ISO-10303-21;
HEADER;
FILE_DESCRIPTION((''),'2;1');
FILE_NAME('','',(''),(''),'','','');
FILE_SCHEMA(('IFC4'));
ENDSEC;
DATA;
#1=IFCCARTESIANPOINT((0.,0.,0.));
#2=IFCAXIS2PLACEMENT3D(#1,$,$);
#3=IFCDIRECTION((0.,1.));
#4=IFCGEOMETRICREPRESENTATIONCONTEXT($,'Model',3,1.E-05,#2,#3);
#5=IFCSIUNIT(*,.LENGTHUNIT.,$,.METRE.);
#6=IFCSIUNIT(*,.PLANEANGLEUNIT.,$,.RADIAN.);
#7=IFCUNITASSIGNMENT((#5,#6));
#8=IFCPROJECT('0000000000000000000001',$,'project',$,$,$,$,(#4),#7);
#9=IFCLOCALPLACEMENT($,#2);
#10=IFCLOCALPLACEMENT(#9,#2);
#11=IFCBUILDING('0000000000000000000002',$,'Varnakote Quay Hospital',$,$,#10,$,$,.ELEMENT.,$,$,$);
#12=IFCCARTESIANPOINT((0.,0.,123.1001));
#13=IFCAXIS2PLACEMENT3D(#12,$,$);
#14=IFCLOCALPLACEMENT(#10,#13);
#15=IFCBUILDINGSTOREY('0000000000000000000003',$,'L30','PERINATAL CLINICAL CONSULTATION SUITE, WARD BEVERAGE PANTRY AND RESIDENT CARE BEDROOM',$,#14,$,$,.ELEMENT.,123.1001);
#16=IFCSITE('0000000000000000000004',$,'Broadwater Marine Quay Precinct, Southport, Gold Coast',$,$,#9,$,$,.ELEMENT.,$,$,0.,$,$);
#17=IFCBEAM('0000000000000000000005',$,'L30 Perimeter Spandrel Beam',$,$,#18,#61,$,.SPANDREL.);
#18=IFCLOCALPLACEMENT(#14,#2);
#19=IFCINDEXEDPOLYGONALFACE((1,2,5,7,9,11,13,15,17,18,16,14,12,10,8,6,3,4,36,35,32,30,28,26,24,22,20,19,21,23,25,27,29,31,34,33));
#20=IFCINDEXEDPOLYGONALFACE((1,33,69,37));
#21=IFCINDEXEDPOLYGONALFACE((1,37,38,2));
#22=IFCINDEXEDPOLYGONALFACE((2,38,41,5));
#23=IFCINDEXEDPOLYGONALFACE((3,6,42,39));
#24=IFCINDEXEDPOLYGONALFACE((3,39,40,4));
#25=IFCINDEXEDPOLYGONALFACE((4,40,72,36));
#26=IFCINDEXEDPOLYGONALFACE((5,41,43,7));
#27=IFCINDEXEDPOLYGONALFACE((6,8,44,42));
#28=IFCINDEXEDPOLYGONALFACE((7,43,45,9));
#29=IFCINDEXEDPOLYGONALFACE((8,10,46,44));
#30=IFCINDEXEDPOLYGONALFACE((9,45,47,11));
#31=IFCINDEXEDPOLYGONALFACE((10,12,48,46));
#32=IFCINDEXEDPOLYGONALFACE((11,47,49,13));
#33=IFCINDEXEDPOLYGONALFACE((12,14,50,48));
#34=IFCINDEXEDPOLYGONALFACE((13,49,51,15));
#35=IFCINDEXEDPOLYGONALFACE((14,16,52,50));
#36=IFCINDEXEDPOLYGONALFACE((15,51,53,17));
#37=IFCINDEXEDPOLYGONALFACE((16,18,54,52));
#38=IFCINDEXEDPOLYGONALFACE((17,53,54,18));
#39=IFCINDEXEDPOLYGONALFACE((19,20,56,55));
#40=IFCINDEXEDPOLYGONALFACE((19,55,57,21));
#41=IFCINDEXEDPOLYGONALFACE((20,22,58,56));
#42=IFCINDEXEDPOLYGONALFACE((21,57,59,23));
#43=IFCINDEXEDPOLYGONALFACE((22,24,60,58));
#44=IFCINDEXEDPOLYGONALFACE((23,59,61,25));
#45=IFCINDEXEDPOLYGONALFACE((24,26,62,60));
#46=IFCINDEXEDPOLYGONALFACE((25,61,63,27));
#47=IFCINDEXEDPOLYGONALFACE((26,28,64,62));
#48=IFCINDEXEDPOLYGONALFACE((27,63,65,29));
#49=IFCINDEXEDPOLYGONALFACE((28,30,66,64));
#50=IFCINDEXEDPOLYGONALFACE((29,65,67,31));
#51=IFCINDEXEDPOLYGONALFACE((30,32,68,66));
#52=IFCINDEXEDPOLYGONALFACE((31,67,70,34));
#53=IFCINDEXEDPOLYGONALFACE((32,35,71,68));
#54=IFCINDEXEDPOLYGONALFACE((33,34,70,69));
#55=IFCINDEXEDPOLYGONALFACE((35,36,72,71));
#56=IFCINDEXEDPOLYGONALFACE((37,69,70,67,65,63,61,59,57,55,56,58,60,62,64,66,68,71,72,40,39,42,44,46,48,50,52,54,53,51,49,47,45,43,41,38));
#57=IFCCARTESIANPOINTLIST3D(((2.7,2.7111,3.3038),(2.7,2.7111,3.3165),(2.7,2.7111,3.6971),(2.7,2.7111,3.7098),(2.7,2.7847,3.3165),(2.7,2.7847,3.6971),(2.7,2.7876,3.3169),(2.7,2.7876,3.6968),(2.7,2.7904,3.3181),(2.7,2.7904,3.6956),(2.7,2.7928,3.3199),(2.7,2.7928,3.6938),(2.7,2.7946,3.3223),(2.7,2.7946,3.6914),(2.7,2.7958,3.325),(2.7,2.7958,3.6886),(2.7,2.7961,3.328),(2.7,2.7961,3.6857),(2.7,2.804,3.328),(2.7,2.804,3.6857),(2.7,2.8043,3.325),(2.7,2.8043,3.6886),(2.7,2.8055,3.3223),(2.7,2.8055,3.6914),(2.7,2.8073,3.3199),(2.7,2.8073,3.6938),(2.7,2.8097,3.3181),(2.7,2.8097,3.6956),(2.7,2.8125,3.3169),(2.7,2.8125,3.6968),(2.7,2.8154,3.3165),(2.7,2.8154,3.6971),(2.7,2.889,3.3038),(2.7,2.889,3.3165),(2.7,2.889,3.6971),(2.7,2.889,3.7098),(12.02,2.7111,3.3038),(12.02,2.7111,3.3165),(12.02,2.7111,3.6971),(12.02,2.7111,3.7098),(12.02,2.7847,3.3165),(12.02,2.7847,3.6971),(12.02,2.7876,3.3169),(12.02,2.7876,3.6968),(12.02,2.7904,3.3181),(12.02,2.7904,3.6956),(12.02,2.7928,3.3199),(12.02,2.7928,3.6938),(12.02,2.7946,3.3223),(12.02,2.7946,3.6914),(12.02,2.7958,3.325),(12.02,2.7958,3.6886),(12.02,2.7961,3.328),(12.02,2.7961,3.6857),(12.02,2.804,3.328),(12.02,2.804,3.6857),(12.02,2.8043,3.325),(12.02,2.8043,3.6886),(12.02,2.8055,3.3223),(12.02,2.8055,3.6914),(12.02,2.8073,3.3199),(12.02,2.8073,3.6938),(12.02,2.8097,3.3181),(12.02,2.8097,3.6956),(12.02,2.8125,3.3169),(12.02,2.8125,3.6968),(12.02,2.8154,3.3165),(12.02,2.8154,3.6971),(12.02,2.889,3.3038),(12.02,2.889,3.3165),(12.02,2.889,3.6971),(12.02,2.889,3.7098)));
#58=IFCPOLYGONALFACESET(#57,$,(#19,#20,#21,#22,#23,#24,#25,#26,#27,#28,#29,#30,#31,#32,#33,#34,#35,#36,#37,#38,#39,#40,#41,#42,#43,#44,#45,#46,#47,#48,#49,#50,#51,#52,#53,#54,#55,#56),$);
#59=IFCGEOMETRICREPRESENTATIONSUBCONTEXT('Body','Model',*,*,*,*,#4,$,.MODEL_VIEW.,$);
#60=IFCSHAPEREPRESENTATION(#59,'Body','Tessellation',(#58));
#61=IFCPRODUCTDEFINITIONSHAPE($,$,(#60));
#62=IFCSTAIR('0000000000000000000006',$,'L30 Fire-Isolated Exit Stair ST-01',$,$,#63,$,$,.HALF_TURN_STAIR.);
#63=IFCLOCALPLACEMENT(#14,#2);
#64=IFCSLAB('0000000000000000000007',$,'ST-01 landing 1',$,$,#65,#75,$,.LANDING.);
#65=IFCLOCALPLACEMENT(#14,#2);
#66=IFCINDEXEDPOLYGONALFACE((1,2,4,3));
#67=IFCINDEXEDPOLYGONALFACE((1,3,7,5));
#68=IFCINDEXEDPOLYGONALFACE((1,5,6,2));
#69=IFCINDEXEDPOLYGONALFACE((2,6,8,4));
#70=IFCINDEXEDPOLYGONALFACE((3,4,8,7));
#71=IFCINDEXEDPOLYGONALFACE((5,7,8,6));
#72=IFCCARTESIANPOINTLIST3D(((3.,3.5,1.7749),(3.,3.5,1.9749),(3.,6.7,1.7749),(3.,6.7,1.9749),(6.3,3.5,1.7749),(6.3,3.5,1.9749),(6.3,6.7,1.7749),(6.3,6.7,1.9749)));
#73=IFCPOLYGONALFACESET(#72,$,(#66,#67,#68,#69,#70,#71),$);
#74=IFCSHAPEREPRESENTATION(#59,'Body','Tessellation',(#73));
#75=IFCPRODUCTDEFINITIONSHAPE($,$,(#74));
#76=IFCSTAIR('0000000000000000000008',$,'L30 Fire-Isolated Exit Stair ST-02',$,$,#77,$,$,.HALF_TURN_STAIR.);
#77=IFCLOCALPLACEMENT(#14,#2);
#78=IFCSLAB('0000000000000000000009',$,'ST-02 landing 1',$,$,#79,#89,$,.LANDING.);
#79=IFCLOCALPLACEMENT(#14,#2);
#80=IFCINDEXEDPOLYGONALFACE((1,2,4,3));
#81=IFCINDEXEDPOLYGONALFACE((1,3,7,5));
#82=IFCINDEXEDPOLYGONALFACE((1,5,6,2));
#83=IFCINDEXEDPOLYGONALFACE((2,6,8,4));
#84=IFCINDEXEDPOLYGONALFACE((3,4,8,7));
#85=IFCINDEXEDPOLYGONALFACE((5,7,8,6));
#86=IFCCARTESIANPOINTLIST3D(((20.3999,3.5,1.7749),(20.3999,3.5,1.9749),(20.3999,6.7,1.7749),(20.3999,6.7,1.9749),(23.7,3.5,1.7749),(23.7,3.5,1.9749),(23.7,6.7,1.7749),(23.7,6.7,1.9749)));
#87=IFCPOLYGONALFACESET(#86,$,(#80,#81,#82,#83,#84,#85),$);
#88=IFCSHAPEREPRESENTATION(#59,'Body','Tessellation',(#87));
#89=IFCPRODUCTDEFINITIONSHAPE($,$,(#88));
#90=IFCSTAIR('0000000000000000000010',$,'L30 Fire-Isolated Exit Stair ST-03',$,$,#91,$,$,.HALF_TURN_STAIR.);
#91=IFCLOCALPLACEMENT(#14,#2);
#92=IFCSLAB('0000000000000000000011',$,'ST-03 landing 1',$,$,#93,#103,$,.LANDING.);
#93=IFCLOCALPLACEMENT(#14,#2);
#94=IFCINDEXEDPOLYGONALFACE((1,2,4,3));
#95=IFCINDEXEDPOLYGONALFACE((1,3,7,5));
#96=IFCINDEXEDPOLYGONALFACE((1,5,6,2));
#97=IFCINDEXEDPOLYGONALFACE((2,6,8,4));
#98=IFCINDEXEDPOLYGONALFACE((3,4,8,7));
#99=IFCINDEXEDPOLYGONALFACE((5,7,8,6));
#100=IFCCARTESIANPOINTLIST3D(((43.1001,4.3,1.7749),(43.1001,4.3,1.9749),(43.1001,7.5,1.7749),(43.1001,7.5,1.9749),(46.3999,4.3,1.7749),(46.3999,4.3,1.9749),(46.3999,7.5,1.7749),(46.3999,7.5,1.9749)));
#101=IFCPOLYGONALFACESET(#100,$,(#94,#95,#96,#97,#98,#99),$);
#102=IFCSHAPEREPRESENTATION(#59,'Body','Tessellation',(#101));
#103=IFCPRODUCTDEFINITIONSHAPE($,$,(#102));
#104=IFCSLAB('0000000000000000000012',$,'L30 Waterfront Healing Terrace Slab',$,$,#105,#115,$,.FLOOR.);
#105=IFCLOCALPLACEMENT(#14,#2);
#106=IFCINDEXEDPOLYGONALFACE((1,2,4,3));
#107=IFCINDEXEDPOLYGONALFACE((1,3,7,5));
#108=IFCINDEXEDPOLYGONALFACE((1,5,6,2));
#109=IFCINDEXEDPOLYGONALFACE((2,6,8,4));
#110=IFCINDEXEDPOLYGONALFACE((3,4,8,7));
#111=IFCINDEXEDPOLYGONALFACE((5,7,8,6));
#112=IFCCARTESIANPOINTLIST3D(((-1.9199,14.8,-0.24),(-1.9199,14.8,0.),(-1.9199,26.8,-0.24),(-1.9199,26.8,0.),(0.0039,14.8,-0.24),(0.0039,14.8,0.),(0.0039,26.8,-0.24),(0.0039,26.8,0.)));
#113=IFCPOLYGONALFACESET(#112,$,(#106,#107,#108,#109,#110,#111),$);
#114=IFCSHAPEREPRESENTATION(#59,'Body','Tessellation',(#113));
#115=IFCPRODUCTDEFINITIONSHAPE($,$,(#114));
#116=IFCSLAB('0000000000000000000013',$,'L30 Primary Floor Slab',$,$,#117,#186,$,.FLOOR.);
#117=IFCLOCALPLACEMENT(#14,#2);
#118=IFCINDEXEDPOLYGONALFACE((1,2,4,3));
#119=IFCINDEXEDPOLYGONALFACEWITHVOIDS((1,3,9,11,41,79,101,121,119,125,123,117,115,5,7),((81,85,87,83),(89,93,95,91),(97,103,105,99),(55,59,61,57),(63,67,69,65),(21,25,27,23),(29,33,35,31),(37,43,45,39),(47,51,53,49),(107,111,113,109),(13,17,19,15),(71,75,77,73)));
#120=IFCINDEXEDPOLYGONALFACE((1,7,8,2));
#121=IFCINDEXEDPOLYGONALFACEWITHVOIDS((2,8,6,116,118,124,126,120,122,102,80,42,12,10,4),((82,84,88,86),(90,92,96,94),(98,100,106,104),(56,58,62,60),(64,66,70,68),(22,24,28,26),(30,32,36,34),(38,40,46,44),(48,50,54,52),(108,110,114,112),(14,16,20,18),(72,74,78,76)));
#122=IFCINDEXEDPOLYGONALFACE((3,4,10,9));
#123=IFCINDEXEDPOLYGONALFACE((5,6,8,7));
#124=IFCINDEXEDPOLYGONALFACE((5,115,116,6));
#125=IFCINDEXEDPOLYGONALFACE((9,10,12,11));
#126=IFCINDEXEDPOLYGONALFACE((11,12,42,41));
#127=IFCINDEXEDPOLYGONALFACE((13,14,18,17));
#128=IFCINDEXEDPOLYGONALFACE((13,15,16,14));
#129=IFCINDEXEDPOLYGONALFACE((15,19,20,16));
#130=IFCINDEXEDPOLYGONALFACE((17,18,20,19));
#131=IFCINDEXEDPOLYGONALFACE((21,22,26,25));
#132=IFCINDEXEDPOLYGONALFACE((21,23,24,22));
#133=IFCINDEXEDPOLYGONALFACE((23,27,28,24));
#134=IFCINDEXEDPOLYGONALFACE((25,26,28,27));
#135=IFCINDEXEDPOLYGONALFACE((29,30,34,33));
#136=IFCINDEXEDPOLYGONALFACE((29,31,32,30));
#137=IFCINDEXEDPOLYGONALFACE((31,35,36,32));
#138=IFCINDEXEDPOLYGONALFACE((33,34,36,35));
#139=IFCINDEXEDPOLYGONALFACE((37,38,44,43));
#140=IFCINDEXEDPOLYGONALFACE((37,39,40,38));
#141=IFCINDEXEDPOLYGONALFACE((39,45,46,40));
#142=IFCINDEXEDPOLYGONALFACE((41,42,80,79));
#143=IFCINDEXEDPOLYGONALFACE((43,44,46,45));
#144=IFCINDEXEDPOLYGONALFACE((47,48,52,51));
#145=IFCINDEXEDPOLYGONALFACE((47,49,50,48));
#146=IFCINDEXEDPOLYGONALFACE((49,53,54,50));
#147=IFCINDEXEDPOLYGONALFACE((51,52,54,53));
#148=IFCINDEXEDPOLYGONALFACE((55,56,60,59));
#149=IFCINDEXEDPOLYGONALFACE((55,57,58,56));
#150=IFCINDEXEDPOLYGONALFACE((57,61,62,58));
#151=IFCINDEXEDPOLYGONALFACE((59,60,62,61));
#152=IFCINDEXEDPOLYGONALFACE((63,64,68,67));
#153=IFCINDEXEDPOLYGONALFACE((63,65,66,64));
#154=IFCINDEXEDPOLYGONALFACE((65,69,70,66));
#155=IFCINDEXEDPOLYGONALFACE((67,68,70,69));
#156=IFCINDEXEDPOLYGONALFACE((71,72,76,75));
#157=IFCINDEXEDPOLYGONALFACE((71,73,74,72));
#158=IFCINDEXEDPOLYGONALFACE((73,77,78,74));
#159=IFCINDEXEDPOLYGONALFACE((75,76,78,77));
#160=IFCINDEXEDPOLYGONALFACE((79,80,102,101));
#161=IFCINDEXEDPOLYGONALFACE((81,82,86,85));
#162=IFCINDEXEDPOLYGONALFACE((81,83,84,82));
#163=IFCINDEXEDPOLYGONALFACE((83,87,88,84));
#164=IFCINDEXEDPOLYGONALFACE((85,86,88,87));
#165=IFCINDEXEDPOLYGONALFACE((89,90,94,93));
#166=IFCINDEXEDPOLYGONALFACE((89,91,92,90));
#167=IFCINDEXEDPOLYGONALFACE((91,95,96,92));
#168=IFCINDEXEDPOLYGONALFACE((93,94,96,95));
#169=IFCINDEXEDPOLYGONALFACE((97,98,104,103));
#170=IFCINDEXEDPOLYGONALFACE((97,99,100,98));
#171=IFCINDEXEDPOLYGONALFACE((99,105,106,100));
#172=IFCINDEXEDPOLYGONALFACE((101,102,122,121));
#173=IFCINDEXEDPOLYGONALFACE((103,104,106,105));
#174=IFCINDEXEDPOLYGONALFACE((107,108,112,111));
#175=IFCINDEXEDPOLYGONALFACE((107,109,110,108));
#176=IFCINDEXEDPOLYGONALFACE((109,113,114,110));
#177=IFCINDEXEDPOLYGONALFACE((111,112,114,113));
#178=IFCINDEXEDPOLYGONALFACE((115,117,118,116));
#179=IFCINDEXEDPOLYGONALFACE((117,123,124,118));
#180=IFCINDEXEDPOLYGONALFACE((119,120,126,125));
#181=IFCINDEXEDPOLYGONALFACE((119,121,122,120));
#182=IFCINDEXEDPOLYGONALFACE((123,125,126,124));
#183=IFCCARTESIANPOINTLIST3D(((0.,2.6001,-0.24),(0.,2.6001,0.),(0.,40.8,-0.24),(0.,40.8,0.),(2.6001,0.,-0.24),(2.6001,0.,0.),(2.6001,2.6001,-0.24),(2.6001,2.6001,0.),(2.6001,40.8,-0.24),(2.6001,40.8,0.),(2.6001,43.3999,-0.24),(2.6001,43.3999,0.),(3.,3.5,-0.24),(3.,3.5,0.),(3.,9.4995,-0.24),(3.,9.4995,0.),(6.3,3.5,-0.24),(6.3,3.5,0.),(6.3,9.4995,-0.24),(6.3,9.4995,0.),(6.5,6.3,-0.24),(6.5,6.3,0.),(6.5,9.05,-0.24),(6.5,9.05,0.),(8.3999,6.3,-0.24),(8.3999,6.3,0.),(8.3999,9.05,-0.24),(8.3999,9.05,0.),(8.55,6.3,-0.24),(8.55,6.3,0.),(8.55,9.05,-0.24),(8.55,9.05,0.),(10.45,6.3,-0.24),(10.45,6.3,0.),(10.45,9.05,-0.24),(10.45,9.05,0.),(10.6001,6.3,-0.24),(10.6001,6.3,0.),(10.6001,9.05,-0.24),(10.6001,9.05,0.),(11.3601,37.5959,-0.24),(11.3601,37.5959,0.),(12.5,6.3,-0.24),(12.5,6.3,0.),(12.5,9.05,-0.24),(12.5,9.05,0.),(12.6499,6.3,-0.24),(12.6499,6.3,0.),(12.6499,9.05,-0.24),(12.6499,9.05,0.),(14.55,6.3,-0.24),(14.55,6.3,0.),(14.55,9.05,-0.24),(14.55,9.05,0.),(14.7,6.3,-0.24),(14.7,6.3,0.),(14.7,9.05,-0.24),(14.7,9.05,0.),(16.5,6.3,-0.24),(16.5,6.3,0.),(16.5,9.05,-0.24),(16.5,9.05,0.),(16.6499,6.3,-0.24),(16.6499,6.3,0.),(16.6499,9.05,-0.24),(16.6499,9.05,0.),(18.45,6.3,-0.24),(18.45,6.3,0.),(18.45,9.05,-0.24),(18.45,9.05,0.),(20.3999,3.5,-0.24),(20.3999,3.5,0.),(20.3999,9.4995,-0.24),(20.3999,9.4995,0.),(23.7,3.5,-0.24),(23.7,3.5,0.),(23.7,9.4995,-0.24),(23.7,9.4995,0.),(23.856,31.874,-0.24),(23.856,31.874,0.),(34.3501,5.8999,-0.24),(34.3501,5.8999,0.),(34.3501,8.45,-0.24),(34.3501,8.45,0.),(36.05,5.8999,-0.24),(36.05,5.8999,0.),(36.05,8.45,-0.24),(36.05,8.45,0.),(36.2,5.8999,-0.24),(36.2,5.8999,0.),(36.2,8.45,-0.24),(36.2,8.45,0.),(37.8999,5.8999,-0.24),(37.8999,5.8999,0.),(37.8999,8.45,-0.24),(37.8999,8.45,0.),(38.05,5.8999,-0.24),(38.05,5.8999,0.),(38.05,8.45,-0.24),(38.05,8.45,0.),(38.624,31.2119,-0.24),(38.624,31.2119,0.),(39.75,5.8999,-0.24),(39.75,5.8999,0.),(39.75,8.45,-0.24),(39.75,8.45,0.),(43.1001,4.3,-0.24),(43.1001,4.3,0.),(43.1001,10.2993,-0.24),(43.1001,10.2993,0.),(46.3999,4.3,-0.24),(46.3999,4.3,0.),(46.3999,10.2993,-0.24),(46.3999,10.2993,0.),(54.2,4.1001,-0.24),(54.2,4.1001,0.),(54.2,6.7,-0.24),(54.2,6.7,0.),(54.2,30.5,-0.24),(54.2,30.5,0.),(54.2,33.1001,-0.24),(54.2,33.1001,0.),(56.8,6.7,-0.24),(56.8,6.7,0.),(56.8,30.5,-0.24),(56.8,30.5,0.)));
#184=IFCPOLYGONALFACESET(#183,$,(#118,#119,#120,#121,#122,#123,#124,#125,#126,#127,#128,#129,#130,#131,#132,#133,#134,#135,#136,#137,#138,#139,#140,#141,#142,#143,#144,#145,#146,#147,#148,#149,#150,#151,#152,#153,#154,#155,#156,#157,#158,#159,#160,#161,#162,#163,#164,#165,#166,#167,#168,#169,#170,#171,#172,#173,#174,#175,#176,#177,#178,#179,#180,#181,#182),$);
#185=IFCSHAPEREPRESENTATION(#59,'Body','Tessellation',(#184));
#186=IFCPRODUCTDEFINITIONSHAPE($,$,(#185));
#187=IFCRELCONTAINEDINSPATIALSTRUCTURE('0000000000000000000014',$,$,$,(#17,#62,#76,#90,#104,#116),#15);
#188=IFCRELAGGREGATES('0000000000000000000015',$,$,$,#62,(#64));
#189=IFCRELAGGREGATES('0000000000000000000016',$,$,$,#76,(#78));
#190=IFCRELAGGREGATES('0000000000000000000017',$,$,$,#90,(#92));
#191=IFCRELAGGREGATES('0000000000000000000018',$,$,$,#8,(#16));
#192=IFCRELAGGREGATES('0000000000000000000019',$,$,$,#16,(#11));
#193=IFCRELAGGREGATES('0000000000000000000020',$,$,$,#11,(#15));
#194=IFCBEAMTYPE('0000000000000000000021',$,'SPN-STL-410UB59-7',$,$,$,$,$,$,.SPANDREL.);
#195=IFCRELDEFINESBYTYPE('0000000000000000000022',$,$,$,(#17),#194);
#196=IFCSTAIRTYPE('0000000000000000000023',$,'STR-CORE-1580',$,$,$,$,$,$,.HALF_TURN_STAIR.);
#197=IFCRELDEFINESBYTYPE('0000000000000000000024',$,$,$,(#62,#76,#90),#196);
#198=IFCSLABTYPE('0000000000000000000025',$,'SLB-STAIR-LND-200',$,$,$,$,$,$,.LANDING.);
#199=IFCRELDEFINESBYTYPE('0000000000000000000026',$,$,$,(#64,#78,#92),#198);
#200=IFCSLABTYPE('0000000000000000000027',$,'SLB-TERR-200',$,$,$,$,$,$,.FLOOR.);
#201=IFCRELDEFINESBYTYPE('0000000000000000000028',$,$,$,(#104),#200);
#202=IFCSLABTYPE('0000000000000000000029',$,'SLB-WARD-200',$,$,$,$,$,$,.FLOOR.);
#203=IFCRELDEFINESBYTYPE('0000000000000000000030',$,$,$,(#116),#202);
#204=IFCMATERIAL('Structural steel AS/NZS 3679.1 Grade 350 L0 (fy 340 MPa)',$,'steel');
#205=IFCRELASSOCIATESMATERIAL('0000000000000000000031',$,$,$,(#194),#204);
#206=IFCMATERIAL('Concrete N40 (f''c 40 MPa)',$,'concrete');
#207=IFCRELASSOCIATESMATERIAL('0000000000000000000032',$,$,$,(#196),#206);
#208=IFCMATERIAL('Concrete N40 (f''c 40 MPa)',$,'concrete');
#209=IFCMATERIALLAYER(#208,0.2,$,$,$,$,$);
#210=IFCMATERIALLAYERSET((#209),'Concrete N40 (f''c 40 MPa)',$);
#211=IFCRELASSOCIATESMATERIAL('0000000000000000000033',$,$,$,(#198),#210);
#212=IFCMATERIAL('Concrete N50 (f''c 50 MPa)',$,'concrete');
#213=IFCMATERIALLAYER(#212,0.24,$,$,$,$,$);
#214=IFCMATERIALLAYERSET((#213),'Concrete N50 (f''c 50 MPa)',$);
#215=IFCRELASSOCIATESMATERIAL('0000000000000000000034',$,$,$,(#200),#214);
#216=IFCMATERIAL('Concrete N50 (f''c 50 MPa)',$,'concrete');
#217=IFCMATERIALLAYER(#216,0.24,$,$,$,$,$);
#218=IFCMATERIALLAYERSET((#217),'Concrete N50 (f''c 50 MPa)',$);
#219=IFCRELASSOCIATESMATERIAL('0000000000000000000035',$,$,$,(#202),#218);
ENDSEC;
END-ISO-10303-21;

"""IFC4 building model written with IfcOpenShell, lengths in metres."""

from ifc_helpers import new_model, si_unit, direction, frame, origin, origin_2d, place, context, subcontext, project, spatial, polyline, i_section, outline, extrude, material, layer, layer_set, material_profile, profile_set, type_object, element, aggregate, save


model = new_model("IFC4")

# Units and contexts
model_context = context("Model", 3, precision=1e-05, world=origin(), true_north=direction((0.0, 1.0)))
body_context = subcontext(model_context, "Body", "Model", "MODEL_VIEW")
ifc_project = project(units=[si_unit("LENGTHUNIT", "METRE"), si_unit("PLANEANGLEUNIT", "RADIAN")], contexts=[model_context])

# Site, building, storey
site_placement = place(None, origin())
site = spatial("IfcSite", under=ifc_project, at=site_placement, Name="Broadwater Marine Quay Precinct, Southport, Gold Coast", CompositionType="ELEMENT", RefElevation=0.0)
building_placement = place(site_placement, origin())
building = spatial("IfcBuilding", under=site, at=building_placement, Name="Varnakote Quay Hospital", CompositionType="ELEMENT")
storey_placement = place(building_placement, frame((0.0, 0.0, 123.1001)))
storey = spatial("IfcBuildingStorey", under=building, at=storey_placement, Name="L30", Description="PERINATAL CLINICAL CONSULTATION SUITE, WARD BEVERAGE PANTRY AND RESIDENT CARE BEDROOM", CompositionType="ELEMENT", Elevation=123.1001)

# Beam
ifc_material_1 = material(Name="Structural steel AS/NZS 3679.1 Grade 350 L0 (fy 340 MPa)", Category="steel")
ifc_material_profile_1 = material_profile(ifc_material_1, i_section(OverallWidth=0.178, OverallDepth=0.406, WebThickness=0.0078, FlangeThickness=0.0127, FilletRadius=0.0115, at=origin_2d()), Name="410UB59.7")
ifc_profile_set_1 = profile_set([ifc_material_profile_1], Name="Structural steel AS/NZS 3679.1 Grade 350 L0 (fy 340 MPa)")
beam_type_1 = type_object("IfcBeamType", Name="SPN-STL-410UB59-7", PredefinedType="SPANDREL", material=ifc_profile_set_1)
beam_1_placement = place(storey_placement, frame((2.7, 2.8, 3.5068), z_axis=(1.0, 0.0, 0.0), x_axis=(0.0, 1.0, 0.0)))
element("IfcBeam", 1, at=beam_1_placement, inside=storey, type_object=beam_type_1, Name="L30 Perimeter Spandrel Beam", PredefinedType="SPANDREL", context=body_context, shape_type="SweptSolid", body=[
    extrude(i_section(OverallWidth=0.178, OverallDepth=0.406, WebThickness=0.0078, FlangeThickness=0.0127, FilletRadius=0.0115, at=origin_2d()), origin(), (0.0, 0.0, 1.0), 9.3201),
])

# Stairs, slabs
ifc_material_2 = material(Name="Concrete N40 (f'c 40 MPa)", Category="concrete")
stair_type = type_object("IfcStairType", Name="STR-CORE-1580", PredefinedType="HALF_TURN_STAIR", material=ifc_material_2)
stair_1_placement = place(storey_placement, origin())
stair_1 = element("IfcStair", 2, at=stair_1_placement, inside=storey, type_object=stair_type, Name="L30 Fire-Isolated Exit Stair ST-01", PredefinedType="HALF_TURN_STAIR")
ifc_material_3 = material(Name="Concrete N40 (f'c 40 MPa)", Category="concrete")
ifc_layer_1 = layer(ifc_material_3, 0.2)
ifc_layer_set_1 = layer_set([ifc_layer_1], Name="Concrete N40 (f'c 40 MPa)")
slab_type_1 = type_object("IfcSlabType", Name="SLB-STAIR-LND-200", PredefinedType="LANDING", material=ifc_layer_set_1)
slab_1_placement = place(storey_placement, frame((0.0, 0.0, 1.7749)))
slab_1 = element("IfcSlab", 3, at=slab_1_placement, type_object=slab_type_1, Name="ST-01 landing 1", PredefinedType="LANDING", context=body_context, shape_type="SweptSolid", body=[
    extrude(outline(polyline([(3.0, 6.7), (3.0, 3.5), (6.3, 3.5), (6.3, 6.7), (3.0, 6.7)])), origin(), (0.0, 0.0, 1.0), 0.2),
])
aggregate(stair_1, [slab_1])
stair_2_placement = place(storey_placement, origin())
stair_2 = element("IfcStair", 4, at=stair_2_placement, inside=storey, type_object=stair_type, Name="L30 Fire-Isolated Exit Stair ST-02", PredefinedType="HALF_TURN_STAIR")
slab_2_placement = place(storey_placement, frame((0.0, 0.0, 1.7749)))
slab_2 = element("IfcSlab", 5, at=slab_2_placement, type_object=slab_type_1, Name="ST-02 landing 1", PredefinedType="LANDING", context=body_context, shape_type="SweptSolid", body=[
    extrude(outline(polyline([(20.3999, 6.7), (20.3999, 3.5), (23.7, 3.5), (23.7, 6.7), (20.3999, 6.7)])), origin(), (0.0, 0.0, 1.0), 0.2),
])
aggregate(stair_2, [slab_2])
stair_3_placement = place(storey_placement, origin())
stair_3 = element("IfcStair", 6, at=stair_3_placement, inside=storey, type_object=stair_type, Name="L30 Fire-Isolated Exit Stair ST-03", PredefinedType="HALF_TURN_STAIR")
slab_3_placement = place(storey_placement, frame((0.0, 0.0, 1.7749)))
slab_3 = element("IfcSlab", 7, at=slab_3_placement, type_object=slab_type_1, Name="ST-03 landing 1", PredefinedType="LANDING", context=body_context, shape_type="SweptSolid", body=[
    extrude(outline(polyline([(43.1001, 7.5), (43.1001, 4.3), (46.3999, 4.3), (46.3999, 7.5), (43.1001, 7.5)])), origin(), (0.0, 0.0, 1.0), 0.2),
])
aggregate(stair_3, [slab_3])

# Slabs
ifc_material_4 = material(Name="Concrete N50 (f'c 50 MPa)", Category="concrete")
ifc_layer_2 = layer(ifc_material_4, 0.24)
ifc_layer_set_2 = layer_set([ifc_layer_2], Name="Concrete N50 (f'c 50 MPa)")
slab_type_2 = type_object("IfcSlabType", Name="SLB-TERR-200", PredefinedType="FLOOR", material=ifc_layer_set_2)
slab_4_placement = place(storey_placement, frame((0.0, 0.0, -0.24)))
element("IfcSlab", 8, at=slab_4_placement, inside=storey, type_object=slab_type_2, Name="L30 Waterfront Healing Terrace Slab", PredefinedType="FLOOR", context=body_context, shape_type="SweptSolid", body=[
    extrude(outline(polyline([(0.0039, 14.8), (0.0039, 26.8), (-1.9199, 26.8), (-1.9199, 14.8), (0.0039, 14.8)])), origin(), (0.0, 0.0, 1.0), 0.24),
])
ifc_material_5 = material(Name="Concrete N50 (f'c 50 MPa)", Category="concrete")
ifc_layer_3 = layer(ifc_material_5, 0.24)
ifc_layer_set_3 = layer_set([ifc_layer_3], Name="Concrete N50 (f'c 50 MPa)")
slab_type_3 = type_object("IfcSlabType", Name="SLB-WARD-200", PredefinedType="FLOOR", material=ifc_layer_set_3)
slab_5_placement = place(storey_placement, frame((0.0, 0.0, -0.24)))
element("IfcSlab", 9, at=slab_5_placement, inside=storey, type_object=slab_type_3, Name="L30 Primary Floor Slab", PredefinedType="FLOOR", context=body_context, shape_type="SweptSolid", body=[
    extrude(outline(polyline([(0.0, 2.6001), (2.6001, 2.6001), (2.6001, 0.0), (54.2, 4.1001), (54.2, 6.7), (56.8, 6.7), (56.8, 30.5), (54.2, 30.5), (54.2, 33.1001), (38.624, 31.2119), (23.856, 31.874), (11.3601, 37.5959), (2.6001, 43.3999), (2.6001, 40.8), (0.0, 40.8), (0.0, 2.6001)]), holes=[polyline([(3.0, 3.5), (6.3, 3.5), (6.3, 9.4995), (3.0, 9.4995), (3.0, 3.5)]), polyline([(20.3999, 3.5), (23.7, 3.5), (23.7, 9.4995), (20.3999, 9.4995), (20.3999, 3.5)]), polyline([(43.1001, 4.3), (46.3999, 4.3), (46.3999, 10.2993), (43.1001, 10.2993), (43.1001, 4.3)]), polyline([(6.5, 6.3), (8.3999, 6.3), (8.3999, 9.05), (6.5, 9.05), (6.5, 6.3)]), polyline([(8.55, 6.3), (10.45, 6.3), (10.45, 9.05), (8.55, 9.05), (8.55, 6.3)]), polyline([(10.6001, 6.3), (12.5, 6.3), (12.5, 9.05), (10.6001, 9.05), (10.6001, 6.3)]), polyline([(12.6499, 6.3), (14.55, 6.3), (14.55, 9.05), (12.6499, 9.05), (12.6499, 6.3)]), polyline([(14.7, 6.3), (16.5, 6.3), (16.5, 9.05), (14.7, 9.05), (14.7, 6.3)]), polyline([(16.6499, 6.3), (18.45, 6.3), (18.45, 9.05), (16.6499, 9.05), (16.6499, 6.3)]), polyline([(34.3501, 5.8999), (36.05, 5.8999), (36.05, 8.45), (34.3501, 8.45), (34.3501, 5.8999)]), polyline([(36.2, 5.8999), (37.8999, 5.8999), (37.8999, 8.45), (36.2, 8.45), (36.2, 5.8999)]), polyline([(38.05, 5.8999), (39.75, 5.8999), (39.75, 8.45), (38.05, 8.45), (38.05, 5.8999)])]), origin(), (0.0, 0.0, 1.0), 0.24),
])

save(model, "model.ifc")
